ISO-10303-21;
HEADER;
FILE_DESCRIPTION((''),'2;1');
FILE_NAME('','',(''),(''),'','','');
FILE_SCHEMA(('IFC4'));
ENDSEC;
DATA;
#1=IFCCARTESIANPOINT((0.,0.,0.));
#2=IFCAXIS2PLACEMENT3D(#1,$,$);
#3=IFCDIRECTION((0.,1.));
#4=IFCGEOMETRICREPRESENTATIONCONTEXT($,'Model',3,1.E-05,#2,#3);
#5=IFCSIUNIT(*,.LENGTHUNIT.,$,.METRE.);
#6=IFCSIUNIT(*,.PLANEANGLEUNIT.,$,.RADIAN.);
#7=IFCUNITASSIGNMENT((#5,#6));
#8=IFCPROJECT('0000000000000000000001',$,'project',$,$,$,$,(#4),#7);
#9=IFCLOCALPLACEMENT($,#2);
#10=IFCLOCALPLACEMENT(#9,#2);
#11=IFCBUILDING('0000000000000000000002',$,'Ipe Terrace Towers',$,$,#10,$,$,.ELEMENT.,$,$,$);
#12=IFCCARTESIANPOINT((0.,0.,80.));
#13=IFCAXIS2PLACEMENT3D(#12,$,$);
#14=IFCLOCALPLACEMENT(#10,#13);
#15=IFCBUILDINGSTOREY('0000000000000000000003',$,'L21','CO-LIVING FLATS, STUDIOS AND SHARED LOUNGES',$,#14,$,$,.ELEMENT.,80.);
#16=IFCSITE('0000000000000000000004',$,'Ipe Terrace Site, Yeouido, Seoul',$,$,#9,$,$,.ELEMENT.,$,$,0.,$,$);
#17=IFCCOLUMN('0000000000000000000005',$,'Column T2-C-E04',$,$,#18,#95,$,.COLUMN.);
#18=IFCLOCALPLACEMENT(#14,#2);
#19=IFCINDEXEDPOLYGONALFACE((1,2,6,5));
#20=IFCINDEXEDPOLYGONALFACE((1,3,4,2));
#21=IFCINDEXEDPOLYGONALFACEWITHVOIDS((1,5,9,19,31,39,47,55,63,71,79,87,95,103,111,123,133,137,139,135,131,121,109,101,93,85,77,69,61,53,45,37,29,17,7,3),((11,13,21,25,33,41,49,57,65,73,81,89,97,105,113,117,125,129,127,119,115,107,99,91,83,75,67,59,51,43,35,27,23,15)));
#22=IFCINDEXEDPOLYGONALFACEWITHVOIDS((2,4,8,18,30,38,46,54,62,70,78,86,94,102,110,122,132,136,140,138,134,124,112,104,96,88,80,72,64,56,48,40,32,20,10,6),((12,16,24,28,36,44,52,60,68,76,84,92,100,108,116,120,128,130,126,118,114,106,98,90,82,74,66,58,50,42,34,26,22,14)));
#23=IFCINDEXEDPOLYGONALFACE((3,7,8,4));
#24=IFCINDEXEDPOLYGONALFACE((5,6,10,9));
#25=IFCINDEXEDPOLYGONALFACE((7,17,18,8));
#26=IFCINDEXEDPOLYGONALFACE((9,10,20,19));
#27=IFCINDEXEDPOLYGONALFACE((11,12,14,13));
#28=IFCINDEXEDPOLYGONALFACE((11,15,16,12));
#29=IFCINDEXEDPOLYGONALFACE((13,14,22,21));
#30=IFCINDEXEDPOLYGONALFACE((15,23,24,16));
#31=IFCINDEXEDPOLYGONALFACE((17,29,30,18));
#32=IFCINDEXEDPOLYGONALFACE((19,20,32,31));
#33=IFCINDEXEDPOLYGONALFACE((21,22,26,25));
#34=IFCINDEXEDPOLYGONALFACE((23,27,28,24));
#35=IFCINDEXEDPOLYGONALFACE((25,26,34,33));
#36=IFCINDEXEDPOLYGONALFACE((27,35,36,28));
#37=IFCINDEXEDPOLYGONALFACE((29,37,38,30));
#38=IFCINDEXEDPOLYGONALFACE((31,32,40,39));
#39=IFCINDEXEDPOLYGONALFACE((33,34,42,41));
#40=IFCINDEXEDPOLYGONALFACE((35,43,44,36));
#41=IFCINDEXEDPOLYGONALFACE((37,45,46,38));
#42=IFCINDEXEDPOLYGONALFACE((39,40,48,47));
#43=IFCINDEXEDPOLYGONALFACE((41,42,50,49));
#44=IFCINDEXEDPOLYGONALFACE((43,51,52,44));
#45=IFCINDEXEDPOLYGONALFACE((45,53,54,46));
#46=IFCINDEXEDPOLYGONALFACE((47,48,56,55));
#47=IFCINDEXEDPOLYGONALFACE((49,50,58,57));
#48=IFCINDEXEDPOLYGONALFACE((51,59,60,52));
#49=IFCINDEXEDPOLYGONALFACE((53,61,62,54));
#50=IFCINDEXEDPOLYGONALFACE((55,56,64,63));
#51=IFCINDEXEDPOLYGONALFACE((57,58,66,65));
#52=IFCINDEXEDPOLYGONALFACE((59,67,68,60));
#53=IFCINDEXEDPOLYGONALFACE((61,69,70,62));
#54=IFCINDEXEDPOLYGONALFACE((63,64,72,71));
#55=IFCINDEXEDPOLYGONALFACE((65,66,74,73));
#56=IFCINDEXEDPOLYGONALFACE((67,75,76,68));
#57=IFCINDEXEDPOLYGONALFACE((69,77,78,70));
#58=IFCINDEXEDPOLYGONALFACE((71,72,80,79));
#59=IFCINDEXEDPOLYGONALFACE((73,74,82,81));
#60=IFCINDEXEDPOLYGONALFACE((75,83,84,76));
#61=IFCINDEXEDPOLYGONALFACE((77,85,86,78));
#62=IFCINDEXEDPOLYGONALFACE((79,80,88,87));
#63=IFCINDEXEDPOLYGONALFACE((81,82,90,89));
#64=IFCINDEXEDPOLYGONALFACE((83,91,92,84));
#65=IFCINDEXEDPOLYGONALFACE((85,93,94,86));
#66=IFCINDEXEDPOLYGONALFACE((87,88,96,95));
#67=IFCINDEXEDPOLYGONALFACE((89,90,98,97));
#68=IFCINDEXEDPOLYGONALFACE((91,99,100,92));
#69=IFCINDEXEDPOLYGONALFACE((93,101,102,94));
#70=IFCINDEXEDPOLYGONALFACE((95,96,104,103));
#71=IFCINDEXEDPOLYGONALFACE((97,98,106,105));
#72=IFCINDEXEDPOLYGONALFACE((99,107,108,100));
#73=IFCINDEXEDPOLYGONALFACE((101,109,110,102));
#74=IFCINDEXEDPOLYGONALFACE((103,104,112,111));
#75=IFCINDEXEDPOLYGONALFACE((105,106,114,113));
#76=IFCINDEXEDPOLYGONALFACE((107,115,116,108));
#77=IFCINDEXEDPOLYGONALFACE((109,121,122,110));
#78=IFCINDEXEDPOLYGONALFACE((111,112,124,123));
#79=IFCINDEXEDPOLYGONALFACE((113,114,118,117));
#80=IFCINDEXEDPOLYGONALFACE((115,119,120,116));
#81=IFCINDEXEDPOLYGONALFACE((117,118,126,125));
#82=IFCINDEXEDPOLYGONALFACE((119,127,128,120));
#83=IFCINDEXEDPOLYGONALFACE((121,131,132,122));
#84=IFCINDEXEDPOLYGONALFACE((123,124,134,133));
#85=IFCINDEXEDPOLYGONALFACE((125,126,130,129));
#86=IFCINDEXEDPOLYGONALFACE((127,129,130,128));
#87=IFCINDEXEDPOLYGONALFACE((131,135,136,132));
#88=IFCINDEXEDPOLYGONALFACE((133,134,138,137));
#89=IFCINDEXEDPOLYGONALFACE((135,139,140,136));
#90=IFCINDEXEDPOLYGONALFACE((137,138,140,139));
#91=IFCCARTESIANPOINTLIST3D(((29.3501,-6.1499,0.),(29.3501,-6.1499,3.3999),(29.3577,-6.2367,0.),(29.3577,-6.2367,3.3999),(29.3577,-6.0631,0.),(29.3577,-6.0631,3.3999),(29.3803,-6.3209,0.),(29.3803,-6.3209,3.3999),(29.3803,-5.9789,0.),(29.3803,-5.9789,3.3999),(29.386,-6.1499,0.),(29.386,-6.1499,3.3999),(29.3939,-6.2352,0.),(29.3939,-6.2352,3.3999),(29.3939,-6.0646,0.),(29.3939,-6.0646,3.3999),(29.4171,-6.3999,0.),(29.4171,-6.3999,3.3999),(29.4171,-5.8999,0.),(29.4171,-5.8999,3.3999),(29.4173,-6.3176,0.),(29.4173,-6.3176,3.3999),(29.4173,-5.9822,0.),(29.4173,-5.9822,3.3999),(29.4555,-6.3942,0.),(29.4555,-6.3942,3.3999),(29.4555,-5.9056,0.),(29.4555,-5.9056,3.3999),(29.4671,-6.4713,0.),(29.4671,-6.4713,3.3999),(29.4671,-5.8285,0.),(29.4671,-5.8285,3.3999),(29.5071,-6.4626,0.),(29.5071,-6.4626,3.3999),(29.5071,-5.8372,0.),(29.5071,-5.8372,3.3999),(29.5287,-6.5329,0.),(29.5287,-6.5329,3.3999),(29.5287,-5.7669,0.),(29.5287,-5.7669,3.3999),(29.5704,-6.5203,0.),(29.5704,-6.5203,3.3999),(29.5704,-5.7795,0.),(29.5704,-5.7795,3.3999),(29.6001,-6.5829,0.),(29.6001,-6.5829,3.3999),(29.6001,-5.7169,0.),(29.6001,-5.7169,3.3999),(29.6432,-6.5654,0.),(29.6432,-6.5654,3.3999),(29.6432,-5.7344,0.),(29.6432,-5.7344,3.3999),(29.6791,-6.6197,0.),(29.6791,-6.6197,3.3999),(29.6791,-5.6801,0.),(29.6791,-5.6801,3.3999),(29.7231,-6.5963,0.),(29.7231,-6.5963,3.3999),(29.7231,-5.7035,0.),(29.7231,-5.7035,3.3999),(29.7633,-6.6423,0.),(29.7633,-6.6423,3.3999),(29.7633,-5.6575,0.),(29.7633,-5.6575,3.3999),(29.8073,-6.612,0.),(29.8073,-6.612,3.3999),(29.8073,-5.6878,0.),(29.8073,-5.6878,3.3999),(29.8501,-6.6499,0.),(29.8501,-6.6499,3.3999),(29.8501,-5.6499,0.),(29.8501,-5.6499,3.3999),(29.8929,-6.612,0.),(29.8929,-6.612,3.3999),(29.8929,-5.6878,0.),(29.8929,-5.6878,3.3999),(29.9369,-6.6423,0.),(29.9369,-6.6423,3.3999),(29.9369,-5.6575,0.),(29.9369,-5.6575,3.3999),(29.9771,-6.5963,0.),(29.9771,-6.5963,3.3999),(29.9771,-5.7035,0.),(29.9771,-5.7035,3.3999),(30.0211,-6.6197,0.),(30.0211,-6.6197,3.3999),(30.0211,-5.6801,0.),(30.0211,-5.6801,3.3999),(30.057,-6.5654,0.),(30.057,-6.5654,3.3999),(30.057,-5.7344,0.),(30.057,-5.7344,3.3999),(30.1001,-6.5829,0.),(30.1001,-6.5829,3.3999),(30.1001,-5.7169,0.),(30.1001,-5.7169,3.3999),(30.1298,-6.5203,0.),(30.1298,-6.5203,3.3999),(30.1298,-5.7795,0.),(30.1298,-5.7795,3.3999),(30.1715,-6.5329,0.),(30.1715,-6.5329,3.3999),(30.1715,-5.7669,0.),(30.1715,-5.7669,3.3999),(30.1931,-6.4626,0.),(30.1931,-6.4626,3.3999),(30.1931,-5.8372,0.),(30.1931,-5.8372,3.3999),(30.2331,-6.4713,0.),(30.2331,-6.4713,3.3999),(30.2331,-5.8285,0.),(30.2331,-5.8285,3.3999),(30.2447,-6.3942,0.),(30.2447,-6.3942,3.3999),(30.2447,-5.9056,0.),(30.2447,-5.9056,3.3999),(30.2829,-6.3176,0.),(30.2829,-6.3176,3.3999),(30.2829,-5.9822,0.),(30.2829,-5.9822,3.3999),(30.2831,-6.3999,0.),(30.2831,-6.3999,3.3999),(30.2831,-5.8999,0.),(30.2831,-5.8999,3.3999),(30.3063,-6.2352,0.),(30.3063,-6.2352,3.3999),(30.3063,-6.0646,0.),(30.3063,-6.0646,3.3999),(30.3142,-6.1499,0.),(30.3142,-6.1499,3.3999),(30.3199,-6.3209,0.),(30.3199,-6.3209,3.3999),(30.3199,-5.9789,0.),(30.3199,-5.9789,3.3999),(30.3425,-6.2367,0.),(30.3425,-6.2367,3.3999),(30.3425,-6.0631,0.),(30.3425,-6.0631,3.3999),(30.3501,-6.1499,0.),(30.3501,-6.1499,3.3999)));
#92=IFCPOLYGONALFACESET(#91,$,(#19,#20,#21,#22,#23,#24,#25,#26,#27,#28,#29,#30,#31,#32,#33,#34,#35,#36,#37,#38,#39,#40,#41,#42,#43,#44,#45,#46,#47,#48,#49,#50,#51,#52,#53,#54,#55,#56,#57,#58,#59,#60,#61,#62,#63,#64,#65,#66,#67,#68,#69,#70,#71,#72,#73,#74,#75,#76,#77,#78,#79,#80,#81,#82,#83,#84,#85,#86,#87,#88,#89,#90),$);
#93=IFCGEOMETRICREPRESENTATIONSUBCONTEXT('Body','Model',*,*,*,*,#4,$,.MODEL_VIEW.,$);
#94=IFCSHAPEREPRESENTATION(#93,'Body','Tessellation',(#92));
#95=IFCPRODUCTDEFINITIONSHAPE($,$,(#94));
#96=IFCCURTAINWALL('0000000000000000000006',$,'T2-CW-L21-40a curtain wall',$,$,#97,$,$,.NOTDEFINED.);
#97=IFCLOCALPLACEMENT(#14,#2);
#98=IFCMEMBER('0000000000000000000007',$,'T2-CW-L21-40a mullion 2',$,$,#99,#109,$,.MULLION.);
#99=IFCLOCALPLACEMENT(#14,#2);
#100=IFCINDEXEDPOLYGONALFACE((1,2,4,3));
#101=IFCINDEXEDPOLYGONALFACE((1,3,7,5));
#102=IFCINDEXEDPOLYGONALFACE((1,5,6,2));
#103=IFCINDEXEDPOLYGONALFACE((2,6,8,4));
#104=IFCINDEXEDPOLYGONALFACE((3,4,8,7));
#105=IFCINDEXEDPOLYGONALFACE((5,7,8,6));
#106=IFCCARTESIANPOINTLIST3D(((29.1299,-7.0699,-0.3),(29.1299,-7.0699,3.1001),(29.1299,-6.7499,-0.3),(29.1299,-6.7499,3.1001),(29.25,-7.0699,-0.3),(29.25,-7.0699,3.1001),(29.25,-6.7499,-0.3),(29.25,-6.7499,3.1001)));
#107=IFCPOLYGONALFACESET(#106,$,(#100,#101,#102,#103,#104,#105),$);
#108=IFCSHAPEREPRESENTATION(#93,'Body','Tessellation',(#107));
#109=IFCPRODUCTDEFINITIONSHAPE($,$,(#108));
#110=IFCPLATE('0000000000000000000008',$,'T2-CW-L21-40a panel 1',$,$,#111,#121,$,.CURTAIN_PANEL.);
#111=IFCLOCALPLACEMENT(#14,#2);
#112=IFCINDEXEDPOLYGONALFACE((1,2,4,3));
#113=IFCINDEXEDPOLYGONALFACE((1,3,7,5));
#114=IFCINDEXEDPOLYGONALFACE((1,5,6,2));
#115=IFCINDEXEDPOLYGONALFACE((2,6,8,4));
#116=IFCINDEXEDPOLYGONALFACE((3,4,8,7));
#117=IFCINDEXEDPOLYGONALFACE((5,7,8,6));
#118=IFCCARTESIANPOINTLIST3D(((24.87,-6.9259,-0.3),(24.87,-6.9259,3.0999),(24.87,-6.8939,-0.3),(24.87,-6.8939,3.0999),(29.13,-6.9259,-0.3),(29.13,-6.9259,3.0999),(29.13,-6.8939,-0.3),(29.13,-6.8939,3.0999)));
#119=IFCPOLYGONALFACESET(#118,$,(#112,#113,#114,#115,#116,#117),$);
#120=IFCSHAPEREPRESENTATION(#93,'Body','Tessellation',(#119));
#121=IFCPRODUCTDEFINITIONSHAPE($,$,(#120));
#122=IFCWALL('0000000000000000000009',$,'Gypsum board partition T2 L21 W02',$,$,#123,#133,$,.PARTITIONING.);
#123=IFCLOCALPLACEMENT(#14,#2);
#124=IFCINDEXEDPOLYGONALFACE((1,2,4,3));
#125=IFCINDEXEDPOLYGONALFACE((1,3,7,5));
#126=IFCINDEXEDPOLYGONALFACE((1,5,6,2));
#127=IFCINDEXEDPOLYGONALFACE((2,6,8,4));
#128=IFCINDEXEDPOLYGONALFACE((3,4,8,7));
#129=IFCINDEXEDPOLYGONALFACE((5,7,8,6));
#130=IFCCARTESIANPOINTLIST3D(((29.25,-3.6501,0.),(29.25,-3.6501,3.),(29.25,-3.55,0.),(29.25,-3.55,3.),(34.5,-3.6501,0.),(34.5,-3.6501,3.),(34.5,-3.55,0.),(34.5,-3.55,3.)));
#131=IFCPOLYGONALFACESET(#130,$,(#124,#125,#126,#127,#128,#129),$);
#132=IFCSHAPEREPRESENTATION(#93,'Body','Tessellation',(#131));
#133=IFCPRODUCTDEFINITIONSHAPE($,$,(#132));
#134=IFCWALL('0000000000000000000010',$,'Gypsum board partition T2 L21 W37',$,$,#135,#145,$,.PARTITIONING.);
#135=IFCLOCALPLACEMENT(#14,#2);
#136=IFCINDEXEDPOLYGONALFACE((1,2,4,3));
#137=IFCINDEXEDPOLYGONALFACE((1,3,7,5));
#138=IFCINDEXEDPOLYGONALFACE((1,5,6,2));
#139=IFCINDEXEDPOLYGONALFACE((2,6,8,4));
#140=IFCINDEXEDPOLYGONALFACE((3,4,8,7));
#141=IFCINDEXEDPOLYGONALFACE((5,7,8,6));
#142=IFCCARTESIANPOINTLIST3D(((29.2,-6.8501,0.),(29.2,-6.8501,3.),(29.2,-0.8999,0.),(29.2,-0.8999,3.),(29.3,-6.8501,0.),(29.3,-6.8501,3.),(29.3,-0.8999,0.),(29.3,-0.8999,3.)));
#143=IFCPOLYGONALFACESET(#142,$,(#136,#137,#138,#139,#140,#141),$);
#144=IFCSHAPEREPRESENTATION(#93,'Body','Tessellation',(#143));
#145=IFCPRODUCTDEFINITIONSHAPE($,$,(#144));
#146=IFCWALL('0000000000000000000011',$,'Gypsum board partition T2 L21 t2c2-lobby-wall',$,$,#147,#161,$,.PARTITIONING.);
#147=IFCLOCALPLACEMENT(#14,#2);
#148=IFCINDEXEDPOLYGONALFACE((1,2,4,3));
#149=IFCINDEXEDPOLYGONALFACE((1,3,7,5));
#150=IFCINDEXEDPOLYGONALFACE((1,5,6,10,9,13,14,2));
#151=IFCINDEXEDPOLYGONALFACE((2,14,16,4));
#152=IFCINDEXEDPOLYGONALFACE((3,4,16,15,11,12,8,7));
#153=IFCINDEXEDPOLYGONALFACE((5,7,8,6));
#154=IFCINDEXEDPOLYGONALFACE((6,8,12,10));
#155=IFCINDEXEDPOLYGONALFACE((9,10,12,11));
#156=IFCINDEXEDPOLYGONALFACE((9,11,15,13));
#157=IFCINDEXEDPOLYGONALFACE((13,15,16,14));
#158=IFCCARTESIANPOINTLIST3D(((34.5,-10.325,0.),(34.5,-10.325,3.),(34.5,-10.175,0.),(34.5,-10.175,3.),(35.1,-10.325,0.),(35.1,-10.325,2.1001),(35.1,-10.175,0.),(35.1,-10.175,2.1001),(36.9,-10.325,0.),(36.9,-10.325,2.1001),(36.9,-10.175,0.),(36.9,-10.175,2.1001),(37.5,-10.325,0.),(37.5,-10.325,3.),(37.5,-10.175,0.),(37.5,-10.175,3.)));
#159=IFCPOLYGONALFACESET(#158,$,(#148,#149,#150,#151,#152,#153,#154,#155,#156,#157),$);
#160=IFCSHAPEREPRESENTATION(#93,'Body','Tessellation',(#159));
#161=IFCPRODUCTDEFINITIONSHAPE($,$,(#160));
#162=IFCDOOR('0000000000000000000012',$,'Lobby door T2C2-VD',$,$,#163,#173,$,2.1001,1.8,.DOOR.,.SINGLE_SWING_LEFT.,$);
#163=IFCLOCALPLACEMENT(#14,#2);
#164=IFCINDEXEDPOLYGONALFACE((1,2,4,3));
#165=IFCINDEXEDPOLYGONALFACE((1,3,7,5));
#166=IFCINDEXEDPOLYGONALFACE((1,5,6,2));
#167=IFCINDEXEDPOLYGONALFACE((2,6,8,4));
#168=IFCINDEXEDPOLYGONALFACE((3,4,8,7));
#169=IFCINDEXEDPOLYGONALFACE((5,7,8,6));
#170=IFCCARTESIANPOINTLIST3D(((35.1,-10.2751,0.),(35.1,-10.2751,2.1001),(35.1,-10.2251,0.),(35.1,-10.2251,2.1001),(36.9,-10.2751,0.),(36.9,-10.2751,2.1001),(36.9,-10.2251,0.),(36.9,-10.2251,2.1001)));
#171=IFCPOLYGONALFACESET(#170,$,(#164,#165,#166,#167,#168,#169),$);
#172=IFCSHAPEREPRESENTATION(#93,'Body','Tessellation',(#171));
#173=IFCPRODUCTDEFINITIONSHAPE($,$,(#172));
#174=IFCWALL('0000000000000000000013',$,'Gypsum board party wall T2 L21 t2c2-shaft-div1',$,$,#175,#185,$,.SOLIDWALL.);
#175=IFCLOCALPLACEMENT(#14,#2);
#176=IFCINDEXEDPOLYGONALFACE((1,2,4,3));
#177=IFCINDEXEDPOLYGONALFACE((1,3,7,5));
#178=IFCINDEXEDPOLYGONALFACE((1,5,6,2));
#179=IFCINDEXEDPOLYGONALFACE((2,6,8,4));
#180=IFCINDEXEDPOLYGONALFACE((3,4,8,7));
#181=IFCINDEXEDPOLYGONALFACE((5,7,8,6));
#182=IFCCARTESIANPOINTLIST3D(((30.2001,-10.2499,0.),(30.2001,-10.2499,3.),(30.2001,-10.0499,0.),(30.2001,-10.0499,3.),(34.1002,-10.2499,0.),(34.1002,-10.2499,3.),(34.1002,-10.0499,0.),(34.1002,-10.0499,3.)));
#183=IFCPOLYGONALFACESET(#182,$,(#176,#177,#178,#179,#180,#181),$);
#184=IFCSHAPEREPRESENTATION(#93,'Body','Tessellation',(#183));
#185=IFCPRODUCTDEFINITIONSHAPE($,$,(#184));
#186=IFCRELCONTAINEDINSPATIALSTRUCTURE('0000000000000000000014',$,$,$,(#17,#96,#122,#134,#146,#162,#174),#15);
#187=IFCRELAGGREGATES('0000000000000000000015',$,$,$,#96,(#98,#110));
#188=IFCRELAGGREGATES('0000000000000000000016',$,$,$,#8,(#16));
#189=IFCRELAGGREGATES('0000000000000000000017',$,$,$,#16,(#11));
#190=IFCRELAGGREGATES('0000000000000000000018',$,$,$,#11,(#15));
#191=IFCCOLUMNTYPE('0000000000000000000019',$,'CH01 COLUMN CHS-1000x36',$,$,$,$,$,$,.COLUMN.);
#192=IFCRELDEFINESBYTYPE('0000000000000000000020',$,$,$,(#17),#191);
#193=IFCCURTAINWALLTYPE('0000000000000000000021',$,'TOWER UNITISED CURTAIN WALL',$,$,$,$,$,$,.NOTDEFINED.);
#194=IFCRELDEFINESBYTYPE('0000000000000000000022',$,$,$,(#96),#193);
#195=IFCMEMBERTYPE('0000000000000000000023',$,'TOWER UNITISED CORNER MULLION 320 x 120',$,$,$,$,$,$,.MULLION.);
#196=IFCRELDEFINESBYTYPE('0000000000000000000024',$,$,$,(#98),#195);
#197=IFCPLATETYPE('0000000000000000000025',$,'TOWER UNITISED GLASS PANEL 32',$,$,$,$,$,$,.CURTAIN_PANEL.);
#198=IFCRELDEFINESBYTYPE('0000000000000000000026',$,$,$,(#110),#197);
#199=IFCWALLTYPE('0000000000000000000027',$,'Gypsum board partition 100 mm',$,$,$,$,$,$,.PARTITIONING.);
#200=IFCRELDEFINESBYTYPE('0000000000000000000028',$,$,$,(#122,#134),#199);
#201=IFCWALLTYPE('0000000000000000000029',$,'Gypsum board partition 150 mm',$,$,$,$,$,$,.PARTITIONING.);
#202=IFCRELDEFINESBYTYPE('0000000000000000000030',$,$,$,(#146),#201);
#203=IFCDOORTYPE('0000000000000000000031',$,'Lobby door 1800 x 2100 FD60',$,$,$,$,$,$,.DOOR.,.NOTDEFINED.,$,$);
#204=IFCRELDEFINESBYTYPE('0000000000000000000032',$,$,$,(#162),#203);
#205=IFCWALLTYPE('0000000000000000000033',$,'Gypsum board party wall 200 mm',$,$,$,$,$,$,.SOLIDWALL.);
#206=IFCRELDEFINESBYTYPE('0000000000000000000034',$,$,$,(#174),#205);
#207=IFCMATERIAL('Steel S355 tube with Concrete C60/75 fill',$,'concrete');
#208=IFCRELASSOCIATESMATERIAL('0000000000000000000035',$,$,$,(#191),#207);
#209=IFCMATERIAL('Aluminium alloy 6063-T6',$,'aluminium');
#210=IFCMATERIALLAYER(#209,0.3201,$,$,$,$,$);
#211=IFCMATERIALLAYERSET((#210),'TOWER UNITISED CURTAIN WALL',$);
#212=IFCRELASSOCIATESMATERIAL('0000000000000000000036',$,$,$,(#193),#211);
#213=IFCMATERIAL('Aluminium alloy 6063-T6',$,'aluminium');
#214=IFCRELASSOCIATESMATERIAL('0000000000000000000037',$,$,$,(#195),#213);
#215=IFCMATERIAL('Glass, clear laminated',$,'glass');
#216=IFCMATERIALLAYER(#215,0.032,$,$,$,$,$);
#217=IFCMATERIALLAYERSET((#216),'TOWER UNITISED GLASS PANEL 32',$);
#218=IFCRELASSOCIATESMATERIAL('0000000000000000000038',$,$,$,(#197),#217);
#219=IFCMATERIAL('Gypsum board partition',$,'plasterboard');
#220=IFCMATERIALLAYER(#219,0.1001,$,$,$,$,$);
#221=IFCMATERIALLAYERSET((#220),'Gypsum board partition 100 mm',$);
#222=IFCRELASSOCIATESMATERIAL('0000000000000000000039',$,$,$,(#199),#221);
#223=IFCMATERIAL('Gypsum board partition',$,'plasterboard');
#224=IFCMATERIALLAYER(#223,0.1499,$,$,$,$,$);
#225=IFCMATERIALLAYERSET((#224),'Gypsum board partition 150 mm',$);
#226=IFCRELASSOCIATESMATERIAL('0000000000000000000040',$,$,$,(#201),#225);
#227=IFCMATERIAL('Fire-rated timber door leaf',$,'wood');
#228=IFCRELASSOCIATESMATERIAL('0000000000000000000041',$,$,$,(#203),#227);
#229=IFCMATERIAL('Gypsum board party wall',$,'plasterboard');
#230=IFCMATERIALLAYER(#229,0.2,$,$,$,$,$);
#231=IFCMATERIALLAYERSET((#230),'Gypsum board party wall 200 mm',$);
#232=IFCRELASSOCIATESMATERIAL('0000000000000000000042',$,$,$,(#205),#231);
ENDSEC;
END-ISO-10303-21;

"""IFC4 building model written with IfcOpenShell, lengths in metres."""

from ifc_helpers import new_model, si_unit, direction, frame, frame_2d, origin, origin_2d, place, context, subcontext, project, spatial, rectangle, hollow_circle, extrude, material, layer, layer_set, material_profile, profile_set, type_object, element, fill, aggregate, save


model = new_model("IFC4")

# Units and contexts
model_context = context("Model", 3, precision=1e-05, world=origin(), true_north=direction((0.0, 1.0)))
body_context = subcontext(model_context, "Body", "Model", "MODEL_VIEW")
ifc_project = project(units=[si_unit("LENGTHUNIT", "METRE"), si_unit("PLANEANGLEUNIT", "RADIAN")], contexts=[model_context])

# Site, building, storey
site_placement = place(None, origin())
site = spatial("IfcSite", under=ifc_project, at=site_placement, Name="Ipe Terrace Site, Yeouido, Seoul", CompositionType="ELEMENT", RefElevation=0.0)
building_placement = place(site_placement, origin())
building = spatial("IfcBuilding", under=site, at=building_placement, Name="Ipe Terrace Towers", CompositionType="ELEMENT")
storey_placement = place(building_placement, frame((0.0, 0.0, 80.0)))
storey = spatial("IfcBuildingStorey", under=building, at=storey_placement, Name="L21", Description="CO-LIVING FLATS, STUDIOS AND SHARED LOUNGES", CompositionType="ELEMENT", Elevation=80.0)

# Column
ifc_material_1 = material(Name="Steel S355 tube with Concrete C60/75 fill", Category="concrete")
ifc_material_profile_1 = material_profile(ifc_material_1, hollow_circle(Radius=0.5, WallThickness=0.0359, at=origin_2d()), Name="CHS-1000x36")
ifc_profile_set_1 = profile_set([ifc_material_profile_1], Name="Steel S355 tube with Concrete C60/75 fill")
column_type = type_object("IfcColumnType", Name="CH01 COLUMN CHS-1000x36", PredefinedType="COLUMN", material=ifc_profile_set_1)
column_placement = place(storey_placement, frame((29.8501, -6.1499, 0.0), z_axis=(0.0, 0.0, 1.0), x_axis=(1.0, 0.0, 0.0)))
element("IfcColumn", 1, at=column_placement, inside=storey, type_object=column_type, Name="Column T2-C-E04", PredefinedType="COLUMN", context=body_context, shape_type="SweptSolid", body=[
    extrude(hollow_circle(Radius=0.5, WallThickness=0.0359, at=origin_2d()), origin(), (0.0, 0.0, 1.0), 3.3999),
])

# Curtain wall, member, plate
ifc_material_2 = material(Name="Aluminium alloy 6063-T6", Category="aluminium")
ifc_layer_1 = layer(ifc_material_2, 0.3201)
ifc_layer_set_1 = layer_set([ifc_layer_1], Name="TOWER UNITISED CURTAIN WALL")
curtain_wall_type = type_object("IfcCurtainWallType", Name="TOWER UNITISED CURTAIN WALL", PredefinedType="NOTDEFINED", material=ifc_layer_set_1)
curtain_wall_placement = place(storey_placement, origin())
curtain_wall = element("IfcCurtainWall", 2, at=curtain_wall_placement, inside=storey, type_object=curtain_wall_type, Name="T2-CW-L21-40a curtain wall", PredefinedType="NOTDEFINED")
ifc_material_3 = material(Name="Aluminium alloy 6063-T6", Category="aluminium")
ifc_material_profile_2 = material_profile(ifc_material_3, rectangle(XDim=0.3201, YDim=0.1201, at=origin_2d()), Name="TOWER UNITISED CORNER MULLION 320 x 120")
ifc_profile_set_2 = profile_set([ifc_material_profile_2], Name="Aluminium alloy 6063-T6")
member_type = type_object("IfcMemberType", Name="TOWER UNITISED CORNER MULLION 320 x 120", PredefinedType="MULLION", material=ifc_profile_set_2)
member_placement = place(storey_placement, frame((29.1899, -6.9099, -0.3), z_axis=(0.0, 0.0, 1.0), x_axis=(0.0, -1.0, 0.0)))
member = element("IfcMember", 3, at=member_placement, type_object=member_type, Name="T2-CW-L21-40a mullion 2", PredefinedType="MULLION", context=body_context, shape_type="SweptSolid", body=[
    extrude(rectangle(XDim=0.3201, YDim=0.1201, at=origin_2d()), origin(), (0.0, 0.0, 1.0), 3.4001),
])
ifc_material_4 = material(Name="Glass, clear laminated", Category="glass")
ifc_layer_2 = layer(ifc_material_4, 0.032)
ifc_layer_set_2 = layer_set([ifc_layer_2], Name="TOWER UNITISED GLASS PANEL 32")
plate_type = type_object("IfcPlateType", Name="TOWER UNITISED GLASS PANEL 32", PredefinedType="CURTAIN_PANEL", material=ifc_layer_set_2)
plate_placement = place(storey_placement, frame((27.0, -6.9099, -0.3), z_axis=(0.0, 0.0, 1.0), x_axis=(1.0, 0.0, 0.0)))
plate = element("IfcPlate", 4, at=plate_placement, type_object=plate_type, Name="T2-CW-L21-40a panel 1", PredefinedType="CURTAIN_PANEL", context=body_context, shape_type="SweptSolid", body=[
    extrude(rectangle(XDim=4.26, YDim=0.032, at=origin_2d()), origin(), (0.0, 0.0, 1.0), 3.3999),
])
aggregate(curtain_wall, [member, plate])

# Walls
ifc_material_5 = material(Name="Gypsum board partition", Category="plasterboard")
ifc_layer_3 = layer(ifc_material_5, 0.1001)
ifc_layer_set_3 = layer_set([ifc_layer_3], Name="Gypsum board partition 100 mm")
wall_type_1 = type_object("IfcWallType", Name="Gypsum board partition 100 mm", PredefinedType="PARTITIONING", material=ifc_layer_set_3)
wall_1_placement = place(storey_placement, frame((34.5, -3.6001, 0.0), z_axis=(0.0, 0.0, 1.0), x_axis=(-1.0, 0.0, 0.0)))
element("IfcWall", 5, at=wall_1_placement, inside=storey, type_object=wall_type_1, Name="Gypsum board partition T2 L21 W02", PredefinedType="PARTITIONING", context=body_context, shape_type="SweptSolid", body=[
    extrude(rectangle(XDim=5.25, YDim=0.1001, at=frame_2d((2.625, 0.0))), origin(), (0.0, 0.0, 1.0), 3.0),
])
wall_2_placement = place(storey_placement, frame((29.25, -6.8501, 0.0), z_axis=(0.0, 0.0, 1.0), x_axis=(0.0, 1.0, 0.0)))
element("IfcWall", 6, at=wall_2_placement, inside=storey, type_object=wall_type_1, Name="Gypsum board partition T2 L21 W37", PredefinedType="PARTITIONING", context=body_context, shape_type="SweptSolid", body=[
    extrude(rectangle(XDim=5.9502, YDim=0.1001, at=frame_2d((2.9751, 0.0))), origin(), (0.0, 0.0, 1.0), 3.0),
])

# Wall, opening, door
ifc_material_6 = material(Name="Gypsum board partition", Category="plasterboard")
ifc_layer_4 = layer(ifc_material_6, 0.1499)
ifc_layer_set_4 = layer_set([ifc_layer_4], Name="Gypsum board partition 150 mm")
wall_type_2 = type_object("IfcWallType", Name="Gypsum board partition 150 mm", PredefinedType="PARTITIONING", material=ifc_layer_set_4)
wall_3_placement = place(storey_placement, frame((34.5, -10.25, 0.0), z_axis=(0.0, 0.0, 1.0), x_axis=(1.0, 0.0, 0.0)))
wall_3 = element("IfcWall", 7, at=wall_3_placement, inside=storey, type_object=wall_type_2, Name="Gypsum board partition T2 L21 t2c2-lobby-wall", PredefinedType="PARTITIONING", context=body_context, shape_type="SweptSolid", body=[
    extrude(rectangle(XDim=3.0, YDim=0.1499, at=frame_2d((1.5, 0.0))), origin(), (0.0, 0.0, 1.0), 3.0),
])
opening_1_placement = place(wall_3_placement, frame((0.6001, 0.0, 0.0)))
opening_1 = element("IfcOpeningElement", 8, at=opening_1_placement, cuts=wall_3, PredefinedType="OPENING", context=body_context, shape_type="SweptSolid", body=[
    extrude(rectangle(XDim=1.8, YDim=2.1001, at=frame_2d((0.8999, 1.05))), frame((0.0, 0.085, 0.0), z_axis=(0.0, -1.0, 0.0), x_axis=(1.0, 0.0, 0.0)), (0.0, 0.0, 1.0), 0.1699),
])
ifc_material_7 = material(Name="Fire-rated timber door leaf", Category="wood")
door_type_1 = type_object("IfcDoorType", Name="Lobby door 1800 x 2100 FD60", OperationType="NOTDEFINED", PredefinedType="DOOR", material=ifc_material_7)
door_1_placement = place(opening_1_placement, origin())
door_1 = element("IfcDoor", 9, at=door_1_placement, inside=storey, type_object=door_type_1, Name="Lobby door T2C2-VD", OperationType="SINGLE_SWING_LEFT", OverallHeight=2.1001, OverallWidth=1.8, PredefinedType="DOOR", context=body_context, shape_type="SweptSolid", body=[
    extrude(rectangle(XDim=1.8, YDim=2.1001, at=frame_2d((0.8999, 1.05))), frame((0.0, 0.0249, 0.0), z_axis=(0.0, -1.0, 0.0), x_axis=(1.0, 0.0, 0.0)), (0.0, 0.0, 1.0), 0.05),
])
fill(opening_1, door_1)

# Wall
ifc_material_8 = material(Name="Gypsum board party wall", Category="plasterboard")
ifc_layer_5 = layer(ifc_material_8, 0.2)
ifc_layer_set_5 = layer_set([ifc_layer_5], Name="Gypsum board party wall 200 mm")
wall_type_3 = type_object("IfcWallType", Name="Gypsum board party wall 200 mm", PredefinedType="SOLIDWALL", material=ifc_layer_set_5)
for number, where, z_axis, x_axis, name in (
    (10, (30.2, -10.1499, 0.0), (0.0, 0.0, 1.0), (1.0, 0.0, 0.0), "Gypsum board party wall T2 L21 t2c2-shaft-div1"),
):
    element("IfcWall", number, at=place(storey_placement, frame(where, z_axis=z_axis, x_axis=x_axis)), inside=storey, type_object=wall_type_3, Name=name, PredefinedType="SOLIDWALL", context=body_context, shape_type="SweptSolid", body=[
        extrude(rectangle(XDim=3.9001, YDim=0.2, at=frame_2d((1.9502, 0.0))), origin(), (0.0, 0.0, 1.0), 3.0),
    ])

save(model, "model.ifc")
